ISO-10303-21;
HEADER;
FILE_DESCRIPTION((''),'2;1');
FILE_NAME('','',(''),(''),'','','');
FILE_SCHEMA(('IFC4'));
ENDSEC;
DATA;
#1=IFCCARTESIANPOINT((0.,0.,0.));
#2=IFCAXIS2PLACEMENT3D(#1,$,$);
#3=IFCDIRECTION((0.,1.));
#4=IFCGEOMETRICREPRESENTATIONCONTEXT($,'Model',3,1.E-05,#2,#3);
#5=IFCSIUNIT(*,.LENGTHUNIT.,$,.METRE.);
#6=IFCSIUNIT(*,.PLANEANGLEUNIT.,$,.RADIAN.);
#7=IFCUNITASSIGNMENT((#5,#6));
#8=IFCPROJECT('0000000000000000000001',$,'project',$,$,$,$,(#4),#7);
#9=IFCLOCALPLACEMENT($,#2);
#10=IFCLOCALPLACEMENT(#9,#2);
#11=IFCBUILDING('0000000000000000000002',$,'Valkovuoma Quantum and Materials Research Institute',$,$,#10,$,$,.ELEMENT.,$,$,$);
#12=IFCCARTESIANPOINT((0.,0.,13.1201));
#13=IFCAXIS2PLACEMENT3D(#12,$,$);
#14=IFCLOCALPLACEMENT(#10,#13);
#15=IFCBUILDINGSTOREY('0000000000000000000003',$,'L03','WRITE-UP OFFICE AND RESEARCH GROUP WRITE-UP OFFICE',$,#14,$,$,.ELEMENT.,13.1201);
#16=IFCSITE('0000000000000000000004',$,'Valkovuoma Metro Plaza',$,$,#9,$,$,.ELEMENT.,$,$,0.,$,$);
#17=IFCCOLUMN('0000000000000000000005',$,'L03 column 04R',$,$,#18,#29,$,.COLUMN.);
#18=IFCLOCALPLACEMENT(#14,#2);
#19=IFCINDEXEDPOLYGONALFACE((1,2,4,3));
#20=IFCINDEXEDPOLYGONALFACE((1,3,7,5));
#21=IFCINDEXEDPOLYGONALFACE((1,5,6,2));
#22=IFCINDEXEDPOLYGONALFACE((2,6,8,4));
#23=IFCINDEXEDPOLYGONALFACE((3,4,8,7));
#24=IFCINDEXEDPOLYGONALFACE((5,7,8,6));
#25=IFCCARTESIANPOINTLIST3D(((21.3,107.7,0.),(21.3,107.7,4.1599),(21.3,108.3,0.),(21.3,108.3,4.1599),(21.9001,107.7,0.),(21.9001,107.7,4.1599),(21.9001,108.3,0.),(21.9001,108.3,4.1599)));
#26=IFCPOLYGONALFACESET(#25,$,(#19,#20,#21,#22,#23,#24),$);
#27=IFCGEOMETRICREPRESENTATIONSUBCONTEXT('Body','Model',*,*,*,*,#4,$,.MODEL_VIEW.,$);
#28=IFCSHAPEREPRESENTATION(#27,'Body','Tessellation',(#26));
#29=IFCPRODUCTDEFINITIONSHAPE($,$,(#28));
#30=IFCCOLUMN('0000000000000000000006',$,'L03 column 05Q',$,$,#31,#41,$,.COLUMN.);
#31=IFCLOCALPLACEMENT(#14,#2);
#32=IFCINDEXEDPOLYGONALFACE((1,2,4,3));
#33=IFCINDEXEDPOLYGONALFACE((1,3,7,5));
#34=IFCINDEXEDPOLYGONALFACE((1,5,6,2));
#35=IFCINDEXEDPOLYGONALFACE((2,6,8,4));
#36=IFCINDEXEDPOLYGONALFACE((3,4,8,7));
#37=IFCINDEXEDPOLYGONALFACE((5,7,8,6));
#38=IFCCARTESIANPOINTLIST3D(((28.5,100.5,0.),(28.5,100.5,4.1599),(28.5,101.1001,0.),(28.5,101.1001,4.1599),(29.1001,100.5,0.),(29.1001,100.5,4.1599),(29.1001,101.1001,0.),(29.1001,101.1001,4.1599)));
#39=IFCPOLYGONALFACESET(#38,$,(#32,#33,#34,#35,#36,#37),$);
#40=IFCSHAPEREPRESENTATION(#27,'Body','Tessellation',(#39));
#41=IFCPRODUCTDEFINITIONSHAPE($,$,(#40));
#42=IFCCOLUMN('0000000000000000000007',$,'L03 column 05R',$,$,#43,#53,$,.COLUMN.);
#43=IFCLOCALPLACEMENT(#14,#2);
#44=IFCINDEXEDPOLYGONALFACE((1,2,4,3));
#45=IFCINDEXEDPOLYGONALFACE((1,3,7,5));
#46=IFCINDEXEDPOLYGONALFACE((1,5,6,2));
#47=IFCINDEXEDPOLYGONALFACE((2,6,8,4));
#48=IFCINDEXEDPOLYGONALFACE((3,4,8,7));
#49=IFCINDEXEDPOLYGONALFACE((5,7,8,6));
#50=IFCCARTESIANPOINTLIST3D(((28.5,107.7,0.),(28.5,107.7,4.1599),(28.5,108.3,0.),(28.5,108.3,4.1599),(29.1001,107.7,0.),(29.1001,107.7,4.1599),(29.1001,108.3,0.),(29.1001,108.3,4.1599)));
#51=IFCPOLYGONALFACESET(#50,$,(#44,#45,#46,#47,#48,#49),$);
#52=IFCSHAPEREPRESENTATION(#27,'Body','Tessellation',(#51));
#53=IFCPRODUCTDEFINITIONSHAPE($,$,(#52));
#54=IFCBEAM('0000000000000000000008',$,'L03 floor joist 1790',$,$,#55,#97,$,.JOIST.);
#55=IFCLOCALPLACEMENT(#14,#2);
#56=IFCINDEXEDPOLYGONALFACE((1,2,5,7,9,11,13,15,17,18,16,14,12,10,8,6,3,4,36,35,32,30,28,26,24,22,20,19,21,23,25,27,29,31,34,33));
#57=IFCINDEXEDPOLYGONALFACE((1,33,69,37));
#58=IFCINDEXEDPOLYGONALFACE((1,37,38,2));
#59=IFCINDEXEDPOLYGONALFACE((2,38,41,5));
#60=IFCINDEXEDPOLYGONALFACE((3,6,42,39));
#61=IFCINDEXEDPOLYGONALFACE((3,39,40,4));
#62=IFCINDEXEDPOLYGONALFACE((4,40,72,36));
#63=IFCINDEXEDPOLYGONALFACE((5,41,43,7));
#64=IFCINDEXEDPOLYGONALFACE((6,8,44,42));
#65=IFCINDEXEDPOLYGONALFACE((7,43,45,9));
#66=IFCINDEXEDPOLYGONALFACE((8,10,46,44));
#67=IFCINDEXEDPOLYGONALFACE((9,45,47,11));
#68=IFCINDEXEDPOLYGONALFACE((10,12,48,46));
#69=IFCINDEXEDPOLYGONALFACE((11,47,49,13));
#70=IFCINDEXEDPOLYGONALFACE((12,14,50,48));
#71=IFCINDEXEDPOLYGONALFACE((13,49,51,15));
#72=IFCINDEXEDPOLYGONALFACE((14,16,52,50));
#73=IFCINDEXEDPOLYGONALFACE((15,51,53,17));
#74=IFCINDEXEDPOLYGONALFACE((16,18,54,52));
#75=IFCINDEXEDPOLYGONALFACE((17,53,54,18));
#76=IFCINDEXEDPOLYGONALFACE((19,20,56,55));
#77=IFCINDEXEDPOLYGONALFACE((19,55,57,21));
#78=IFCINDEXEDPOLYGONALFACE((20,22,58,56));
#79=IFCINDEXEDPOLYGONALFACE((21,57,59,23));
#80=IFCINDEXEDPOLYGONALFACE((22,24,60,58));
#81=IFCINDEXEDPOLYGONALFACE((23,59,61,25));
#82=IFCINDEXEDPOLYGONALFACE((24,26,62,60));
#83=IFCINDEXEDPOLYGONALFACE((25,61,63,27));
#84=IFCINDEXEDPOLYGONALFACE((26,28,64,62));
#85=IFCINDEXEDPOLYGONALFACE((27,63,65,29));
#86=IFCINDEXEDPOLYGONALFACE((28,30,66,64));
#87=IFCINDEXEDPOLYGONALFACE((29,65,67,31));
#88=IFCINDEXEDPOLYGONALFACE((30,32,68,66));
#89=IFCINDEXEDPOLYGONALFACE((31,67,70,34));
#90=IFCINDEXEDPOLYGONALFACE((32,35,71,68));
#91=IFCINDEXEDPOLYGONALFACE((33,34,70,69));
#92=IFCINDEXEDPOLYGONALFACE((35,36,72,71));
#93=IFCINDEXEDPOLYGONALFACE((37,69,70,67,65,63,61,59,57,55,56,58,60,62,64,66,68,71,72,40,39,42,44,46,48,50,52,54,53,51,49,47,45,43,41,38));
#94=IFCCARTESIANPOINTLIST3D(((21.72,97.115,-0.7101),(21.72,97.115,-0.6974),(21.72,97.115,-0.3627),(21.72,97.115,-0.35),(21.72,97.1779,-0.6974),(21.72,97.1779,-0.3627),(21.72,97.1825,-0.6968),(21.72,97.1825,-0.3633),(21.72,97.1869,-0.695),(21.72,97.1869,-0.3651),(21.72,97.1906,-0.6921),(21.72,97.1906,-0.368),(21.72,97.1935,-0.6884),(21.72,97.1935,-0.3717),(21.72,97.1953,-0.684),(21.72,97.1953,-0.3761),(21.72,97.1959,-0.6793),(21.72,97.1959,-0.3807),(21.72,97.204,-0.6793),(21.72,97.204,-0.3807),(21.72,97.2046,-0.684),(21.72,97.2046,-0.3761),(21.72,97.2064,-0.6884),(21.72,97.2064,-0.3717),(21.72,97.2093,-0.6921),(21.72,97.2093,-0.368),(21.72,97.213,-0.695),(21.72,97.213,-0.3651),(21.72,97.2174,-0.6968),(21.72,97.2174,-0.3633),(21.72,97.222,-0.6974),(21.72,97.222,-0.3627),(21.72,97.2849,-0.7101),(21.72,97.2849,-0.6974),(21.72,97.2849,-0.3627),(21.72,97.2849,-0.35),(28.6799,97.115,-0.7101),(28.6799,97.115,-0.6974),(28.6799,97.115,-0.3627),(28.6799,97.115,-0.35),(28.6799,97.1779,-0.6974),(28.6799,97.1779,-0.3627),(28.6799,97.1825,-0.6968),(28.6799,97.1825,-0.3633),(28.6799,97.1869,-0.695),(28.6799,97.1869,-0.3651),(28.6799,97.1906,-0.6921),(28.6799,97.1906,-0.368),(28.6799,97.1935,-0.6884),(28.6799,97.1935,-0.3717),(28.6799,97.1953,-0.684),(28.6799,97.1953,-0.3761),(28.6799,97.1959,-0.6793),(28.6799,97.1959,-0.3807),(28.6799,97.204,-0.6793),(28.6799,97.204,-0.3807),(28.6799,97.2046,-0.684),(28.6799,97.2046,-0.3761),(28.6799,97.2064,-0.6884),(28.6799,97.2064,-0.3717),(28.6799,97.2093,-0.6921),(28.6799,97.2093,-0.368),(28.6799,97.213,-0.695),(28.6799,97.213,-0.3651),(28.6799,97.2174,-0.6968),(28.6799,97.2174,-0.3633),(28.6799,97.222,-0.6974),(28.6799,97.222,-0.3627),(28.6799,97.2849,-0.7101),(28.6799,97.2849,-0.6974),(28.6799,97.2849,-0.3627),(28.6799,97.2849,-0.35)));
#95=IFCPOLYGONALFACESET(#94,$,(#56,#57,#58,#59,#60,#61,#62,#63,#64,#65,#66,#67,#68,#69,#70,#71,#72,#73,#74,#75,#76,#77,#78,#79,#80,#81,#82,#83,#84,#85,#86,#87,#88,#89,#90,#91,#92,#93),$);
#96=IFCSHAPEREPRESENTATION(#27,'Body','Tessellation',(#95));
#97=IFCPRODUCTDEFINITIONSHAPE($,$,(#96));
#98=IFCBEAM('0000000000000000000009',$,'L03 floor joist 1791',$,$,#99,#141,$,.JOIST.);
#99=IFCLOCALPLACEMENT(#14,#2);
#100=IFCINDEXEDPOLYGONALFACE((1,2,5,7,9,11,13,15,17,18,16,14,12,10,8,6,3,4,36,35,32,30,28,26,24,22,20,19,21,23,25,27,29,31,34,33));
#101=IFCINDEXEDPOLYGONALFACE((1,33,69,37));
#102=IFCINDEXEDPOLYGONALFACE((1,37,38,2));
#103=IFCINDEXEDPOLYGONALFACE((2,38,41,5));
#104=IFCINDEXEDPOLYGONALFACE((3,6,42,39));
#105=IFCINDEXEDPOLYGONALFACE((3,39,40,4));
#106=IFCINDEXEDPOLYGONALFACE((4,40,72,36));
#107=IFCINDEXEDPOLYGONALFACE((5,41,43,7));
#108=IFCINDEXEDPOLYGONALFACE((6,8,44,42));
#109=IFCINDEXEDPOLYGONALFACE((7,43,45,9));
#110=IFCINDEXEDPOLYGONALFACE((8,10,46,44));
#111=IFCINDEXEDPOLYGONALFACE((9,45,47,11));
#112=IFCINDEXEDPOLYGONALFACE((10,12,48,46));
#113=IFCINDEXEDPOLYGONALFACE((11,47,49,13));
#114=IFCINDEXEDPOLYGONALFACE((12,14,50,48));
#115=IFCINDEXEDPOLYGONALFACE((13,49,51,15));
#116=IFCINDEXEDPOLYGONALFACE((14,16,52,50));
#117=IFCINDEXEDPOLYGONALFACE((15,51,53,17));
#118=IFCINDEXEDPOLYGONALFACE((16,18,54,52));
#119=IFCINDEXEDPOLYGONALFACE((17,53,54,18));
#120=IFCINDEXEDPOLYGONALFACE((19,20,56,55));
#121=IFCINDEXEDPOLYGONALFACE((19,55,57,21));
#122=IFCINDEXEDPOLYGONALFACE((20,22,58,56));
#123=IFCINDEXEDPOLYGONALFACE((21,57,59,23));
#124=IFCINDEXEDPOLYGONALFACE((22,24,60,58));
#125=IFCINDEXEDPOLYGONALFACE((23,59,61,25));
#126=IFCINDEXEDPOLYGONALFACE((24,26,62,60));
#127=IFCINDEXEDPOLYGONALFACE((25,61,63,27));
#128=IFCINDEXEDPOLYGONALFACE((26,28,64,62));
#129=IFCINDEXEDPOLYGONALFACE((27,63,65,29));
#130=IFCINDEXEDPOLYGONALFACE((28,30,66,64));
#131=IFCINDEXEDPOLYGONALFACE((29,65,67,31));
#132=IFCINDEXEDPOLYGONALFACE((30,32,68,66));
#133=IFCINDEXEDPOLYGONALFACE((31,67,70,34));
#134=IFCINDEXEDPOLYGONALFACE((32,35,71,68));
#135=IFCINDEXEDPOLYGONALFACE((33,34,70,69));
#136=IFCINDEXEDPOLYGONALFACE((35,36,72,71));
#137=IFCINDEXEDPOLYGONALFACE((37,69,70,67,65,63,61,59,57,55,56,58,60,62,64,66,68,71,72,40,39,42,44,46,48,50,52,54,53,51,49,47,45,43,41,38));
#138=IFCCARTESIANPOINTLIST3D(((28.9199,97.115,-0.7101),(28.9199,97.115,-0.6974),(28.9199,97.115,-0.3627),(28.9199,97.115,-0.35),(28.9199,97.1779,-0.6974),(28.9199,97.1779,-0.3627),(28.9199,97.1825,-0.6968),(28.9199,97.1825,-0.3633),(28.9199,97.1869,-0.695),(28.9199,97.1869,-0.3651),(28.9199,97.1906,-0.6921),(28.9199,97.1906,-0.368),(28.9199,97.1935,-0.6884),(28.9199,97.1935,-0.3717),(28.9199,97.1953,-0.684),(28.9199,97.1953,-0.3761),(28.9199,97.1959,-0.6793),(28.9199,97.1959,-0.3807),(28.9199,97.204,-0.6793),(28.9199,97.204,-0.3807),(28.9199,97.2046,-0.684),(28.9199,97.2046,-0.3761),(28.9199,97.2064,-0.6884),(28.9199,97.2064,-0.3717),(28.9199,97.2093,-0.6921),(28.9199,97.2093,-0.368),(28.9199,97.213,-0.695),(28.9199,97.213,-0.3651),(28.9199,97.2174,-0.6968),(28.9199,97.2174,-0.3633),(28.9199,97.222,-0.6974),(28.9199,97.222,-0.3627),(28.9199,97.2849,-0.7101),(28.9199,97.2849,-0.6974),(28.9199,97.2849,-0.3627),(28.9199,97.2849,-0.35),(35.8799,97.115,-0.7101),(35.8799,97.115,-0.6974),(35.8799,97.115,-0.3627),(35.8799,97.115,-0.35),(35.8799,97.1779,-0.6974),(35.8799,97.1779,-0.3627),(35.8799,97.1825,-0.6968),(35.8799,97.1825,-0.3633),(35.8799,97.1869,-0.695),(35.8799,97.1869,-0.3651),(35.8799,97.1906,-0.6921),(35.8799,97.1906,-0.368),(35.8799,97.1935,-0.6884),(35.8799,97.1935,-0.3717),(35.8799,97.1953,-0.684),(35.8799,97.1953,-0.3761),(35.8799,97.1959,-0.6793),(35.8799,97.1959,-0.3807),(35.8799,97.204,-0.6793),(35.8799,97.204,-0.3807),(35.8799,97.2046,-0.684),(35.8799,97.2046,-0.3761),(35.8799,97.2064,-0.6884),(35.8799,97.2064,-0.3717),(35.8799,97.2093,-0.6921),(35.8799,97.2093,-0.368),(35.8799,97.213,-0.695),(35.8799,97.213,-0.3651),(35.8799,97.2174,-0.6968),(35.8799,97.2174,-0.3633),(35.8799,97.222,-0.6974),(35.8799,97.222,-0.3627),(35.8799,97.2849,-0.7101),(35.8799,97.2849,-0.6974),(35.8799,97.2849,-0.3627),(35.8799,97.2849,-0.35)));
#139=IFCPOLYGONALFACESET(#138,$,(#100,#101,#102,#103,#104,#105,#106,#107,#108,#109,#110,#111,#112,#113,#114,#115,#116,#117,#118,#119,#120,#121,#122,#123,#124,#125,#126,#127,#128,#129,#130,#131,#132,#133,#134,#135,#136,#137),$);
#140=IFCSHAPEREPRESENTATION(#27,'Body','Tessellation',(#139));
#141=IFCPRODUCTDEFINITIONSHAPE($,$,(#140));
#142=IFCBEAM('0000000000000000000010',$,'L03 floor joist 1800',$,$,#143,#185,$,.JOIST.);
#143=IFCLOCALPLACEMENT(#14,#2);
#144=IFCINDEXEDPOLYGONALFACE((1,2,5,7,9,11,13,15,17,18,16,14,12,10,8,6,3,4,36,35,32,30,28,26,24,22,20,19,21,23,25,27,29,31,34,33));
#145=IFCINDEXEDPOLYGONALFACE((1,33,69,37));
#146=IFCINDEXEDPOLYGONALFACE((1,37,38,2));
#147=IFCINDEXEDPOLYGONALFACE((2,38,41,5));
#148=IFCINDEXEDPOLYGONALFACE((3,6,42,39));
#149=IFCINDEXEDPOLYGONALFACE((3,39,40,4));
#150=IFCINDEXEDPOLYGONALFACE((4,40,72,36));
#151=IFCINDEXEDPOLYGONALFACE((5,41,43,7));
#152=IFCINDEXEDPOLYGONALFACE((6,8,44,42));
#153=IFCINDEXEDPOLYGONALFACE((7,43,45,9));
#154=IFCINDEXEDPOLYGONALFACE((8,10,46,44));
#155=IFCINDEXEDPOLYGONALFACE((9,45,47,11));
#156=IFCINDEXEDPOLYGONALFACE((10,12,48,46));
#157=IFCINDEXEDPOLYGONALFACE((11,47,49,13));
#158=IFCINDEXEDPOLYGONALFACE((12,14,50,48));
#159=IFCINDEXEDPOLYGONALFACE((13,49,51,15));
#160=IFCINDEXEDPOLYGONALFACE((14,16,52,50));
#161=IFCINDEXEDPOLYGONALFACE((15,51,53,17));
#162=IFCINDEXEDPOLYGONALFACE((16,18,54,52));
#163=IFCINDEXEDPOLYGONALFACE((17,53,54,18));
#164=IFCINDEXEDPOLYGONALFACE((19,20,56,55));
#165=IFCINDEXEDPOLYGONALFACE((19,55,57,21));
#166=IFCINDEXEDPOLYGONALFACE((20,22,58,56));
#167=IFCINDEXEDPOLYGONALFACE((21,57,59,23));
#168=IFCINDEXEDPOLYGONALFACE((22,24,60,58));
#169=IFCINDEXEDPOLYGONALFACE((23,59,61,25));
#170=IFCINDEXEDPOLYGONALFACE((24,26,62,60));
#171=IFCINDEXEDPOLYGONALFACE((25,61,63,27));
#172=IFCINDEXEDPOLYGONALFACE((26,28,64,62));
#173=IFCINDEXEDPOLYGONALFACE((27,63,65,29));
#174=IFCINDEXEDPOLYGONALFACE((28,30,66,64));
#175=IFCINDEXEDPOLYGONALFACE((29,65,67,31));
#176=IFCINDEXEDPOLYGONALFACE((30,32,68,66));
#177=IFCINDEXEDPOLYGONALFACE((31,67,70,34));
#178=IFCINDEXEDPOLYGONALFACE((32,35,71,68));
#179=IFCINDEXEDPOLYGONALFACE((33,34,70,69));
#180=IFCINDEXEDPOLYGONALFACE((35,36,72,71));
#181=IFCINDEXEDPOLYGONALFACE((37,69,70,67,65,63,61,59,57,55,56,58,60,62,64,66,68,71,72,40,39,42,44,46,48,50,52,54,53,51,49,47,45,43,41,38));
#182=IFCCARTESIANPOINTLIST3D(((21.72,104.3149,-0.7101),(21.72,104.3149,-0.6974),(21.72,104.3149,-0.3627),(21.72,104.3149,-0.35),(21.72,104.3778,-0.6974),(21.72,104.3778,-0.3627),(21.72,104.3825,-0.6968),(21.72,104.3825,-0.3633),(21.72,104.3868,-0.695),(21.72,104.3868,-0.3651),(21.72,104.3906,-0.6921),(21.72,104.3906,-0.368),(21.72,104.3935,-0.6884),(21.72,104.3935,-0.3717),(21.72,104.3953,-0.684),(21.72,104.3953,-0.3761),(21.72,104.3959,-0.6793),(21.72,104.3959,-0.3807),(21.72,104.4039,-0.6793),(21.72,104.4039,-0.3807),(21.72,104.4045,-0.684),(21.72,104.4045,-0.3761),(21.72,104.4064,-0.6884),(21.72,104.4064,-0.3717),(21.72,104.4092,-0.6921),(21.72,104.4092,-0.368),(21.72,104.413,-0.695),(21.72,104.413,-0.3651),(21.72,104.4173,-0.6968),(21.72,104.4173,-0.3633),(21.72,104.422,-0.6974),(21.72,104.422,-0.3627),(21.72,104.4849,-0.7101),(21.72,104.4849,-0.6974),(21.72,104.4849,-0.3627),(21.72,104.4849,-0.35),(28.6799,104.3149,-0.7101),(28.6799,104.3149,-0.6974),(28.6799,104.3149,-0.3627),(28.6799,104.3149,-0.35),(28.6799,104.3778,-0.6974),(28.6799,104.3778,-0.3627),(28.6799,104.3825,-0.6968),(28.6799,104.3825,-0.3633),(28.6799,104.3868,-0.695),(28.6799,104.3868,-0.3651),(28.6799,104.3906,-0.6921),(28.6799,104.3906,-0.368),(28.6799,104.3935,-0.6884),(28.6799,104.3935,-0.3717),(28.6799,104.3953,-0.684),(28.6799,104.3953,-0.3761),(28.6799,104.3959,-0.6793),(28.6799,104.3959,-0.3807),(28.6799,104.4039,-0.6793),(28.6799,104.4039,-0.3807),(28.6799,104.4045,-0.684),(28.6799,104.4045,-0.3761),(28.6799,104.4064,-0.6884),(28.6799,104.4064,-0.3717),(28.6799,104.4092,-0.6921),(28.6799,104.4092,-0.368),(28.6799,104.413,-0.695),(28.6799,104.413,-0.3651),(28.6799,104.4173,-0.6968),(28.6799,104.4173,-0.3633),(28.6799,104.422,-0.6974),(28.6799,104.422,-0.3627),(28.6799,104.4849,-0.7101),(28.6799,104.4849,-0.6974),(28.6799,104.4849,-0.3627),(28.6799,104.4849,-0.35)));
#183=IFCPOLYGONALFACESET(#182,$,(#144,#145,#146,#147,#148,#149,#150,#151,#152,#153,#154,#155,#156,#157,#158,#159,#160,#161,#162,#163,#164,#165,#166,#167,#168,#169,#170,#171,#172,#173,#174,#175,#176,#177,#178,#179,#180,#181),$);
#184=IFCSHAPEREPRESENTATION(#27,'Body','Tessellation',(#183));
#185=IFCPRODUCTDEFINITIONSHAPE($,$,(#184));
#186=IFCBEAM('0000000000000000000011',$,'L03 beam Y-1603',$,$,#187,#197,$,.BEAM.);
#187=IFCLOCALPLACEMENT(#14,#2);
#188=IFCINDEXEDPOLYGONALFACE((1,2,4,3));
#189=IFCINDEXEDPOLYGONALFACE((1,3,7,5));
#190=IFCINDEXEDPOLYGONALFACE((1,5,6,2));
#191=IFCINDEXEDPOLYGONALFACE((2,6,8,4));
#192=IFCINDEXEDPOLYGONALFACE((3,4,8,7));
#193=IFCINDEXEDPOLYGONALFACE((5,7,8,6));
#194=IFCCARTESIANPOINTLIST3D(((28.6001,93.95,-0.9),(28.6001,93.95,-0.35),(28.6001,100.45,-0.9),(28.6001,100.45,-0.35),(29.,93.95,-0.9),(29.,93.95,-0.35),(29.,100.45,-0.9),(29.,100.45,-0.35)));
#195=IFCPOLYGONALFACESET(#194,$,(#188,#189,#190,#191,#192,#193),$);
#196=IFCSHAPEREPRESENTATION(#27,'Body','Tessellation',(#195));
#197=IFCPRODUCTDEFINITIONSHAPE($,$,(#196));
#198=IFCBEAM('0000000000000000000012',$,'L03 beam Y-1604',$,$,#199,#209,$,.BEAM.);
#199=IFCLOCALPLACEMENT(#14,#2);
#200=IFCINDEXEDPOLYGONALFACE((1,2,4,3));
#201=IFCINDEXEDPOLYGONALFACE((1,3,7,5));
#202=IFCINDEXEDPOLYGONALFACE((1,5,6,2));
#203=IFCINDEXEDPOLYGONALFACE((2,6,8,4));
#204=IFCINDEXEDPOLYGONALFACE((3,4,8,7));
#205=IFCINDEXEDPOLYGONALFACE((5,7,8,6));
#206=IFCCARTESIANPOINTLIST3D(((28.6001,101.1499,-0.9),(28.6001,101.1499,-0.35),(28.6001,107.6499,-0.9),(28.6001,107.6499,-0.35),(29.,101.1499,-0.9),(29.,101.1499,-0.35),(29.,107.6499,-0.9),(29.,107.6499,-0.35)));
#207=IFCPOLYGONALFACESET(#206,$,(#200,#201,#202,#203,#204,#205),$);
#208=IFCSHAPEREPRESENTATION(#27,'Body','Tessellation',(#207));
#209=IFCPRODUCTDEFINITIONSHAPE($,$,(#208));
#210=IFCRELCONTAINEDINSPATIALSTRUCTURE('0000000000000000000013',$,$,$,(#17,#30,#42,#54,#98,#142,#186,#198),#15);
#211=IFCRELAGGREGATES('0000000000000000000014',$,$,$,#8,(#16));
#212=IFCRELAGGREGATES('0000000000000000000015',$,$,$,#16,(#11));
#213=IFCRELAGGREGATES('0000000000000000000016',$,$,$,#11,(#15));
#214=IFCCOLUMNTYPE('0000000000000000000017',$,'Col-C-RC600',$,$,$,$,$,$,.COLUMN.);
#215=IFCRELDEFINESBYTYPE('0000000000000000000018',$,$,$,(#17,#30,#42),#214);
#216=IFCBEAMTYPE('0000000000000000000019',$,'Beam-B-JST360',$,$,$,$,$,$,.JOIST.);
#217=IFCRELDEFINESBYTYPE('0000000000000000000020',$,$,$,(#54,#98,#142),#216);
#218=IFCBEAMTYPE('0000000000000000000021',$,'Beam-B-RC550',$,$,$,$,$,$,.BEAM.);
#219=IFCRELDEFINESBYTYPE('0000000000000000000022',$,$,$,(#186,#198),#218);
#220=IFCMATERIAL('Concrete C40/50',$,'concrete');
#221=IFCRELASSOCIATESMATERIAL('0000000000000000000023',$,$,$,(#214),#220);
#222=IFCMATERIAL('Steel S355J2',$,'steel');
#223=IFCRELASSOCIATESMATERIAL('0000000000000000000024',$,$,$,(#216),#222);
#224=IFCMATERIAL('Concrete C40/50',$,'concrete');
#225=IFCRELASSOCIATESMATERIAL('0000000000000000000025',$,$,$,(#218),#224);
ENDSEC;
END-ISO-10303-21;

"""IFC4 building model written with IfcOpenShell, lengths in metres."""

from ifc_helpers import new_model, si_unit, direction, frame, origin, origin_2d, place, context, subcontext, project, spatial, rectangle, i_section, extrude, material, material_profile, profile_set, type_object, element, save


model = new_model("IFC4")

# Units and contexts
model_context = context("Model", 3, precision=1e-05, world=origin(), true_north=direction((0.0, 1.0)))
body_context = subcontext(model_context, "Body", "Model", "MODEL_VIEW")
ifc_project = project(units=[si_unit("LENGTHUNIT", "METRE"), si_unit("PLANEANGLEUNIT", "RADIAN")], contexts=[model_context])

# Site, building, storey
site_placement = place(None, origin())
site = spatial("IfcSite", under=ifc_project, at=site_placement, Name="Valkovuoma Metro Plaza", CompositionType="ELEMENT", RefElevation=0.0)
building_placement = place(site_placement, origin())
building = spatial("IfcBuilding", under=site, at=building_placement, Name="Valkovuoma Quantum and Materials Research Institute", CompositionType="ELEMENT")
storey_placement = place(building_placement, frame((0.0, 0.0, 13.1201)))
storey = spatial("IfcBuildingStorey", under=building, at=storey_placement, Name="L03", Description="WRITE-UP OFFICE AND RESEARCH GROUP WRITE-UP OFFICE", CompositionType="ELEMENT", Elevation=13.1201)

# Columns
ifc_material_1 = material(Name="Concrete C40/50", Category="concrete")
ifc_material_profile_1 = material_profile(ifc_material_1, rectangle(XDim=0.6001, YDim=0.6001, at=origin_2d()), Name="Concrete C40/50")
ifc_profile_set_1 = profile_set([ifc_material_profile_1], Name="Concrete C40/50")
column_type = type_object("IfcColumnType", Name="Col-C-RC600", PredefinedType="COLUMN", material=ifc_profile_set_1)
for number, where, z_axis, x_axis, name in (
    (1, (21.6001, 108.0, 0.0), (0.0, 0.0, 1.0), (1.0, 0.0, 0.0), "L03 column 04R"),
    (2, (28.8, 100.8, 0.0), (0.0, 0.0, 1.0), (1.0, 0.0, 0.0), "L03 column 05Q"),
    (3, (28.8, 108.0, 0.0), (0.0, 0.0, 1.0), (1.0, 0.0, 0.0), "L03 column 05R"),
):
    element("IfcColumn", number, at=place(storey_placement, frame(where, z_axis=z_axis, x_axis=x_axis)), inside=storey, type_object=column_type, Name=name, PredefinedType="COLUMN", context=body_context, shape_type="SweptSolid", body=[
        extrude(rectangle(XDim=0.6001, YDim=0.6001, at=origin_2d()), origin(), (0.0, 0.0, 1.0), 4.1599),
    ])

# Beams
ifc_material_2 = material(Name="Steel S355J2", Category="steel")
ifc_material_profile_2 = material_profile(ifc_material_2, i_section(OverallWidth=0.1699, OverallDepth=0.3601, WebThickness=0.0081, FlangeThickness=0.0127, FilletRadius=0.0181, at=origin_2d()), Name="Steel S355J2")
ifc_profile_set_2 = profile_set([ifc_material_profile_2], Name="Steel S355J2")
beam_type_1 = type_object("IfcBeamType", Name="Beam-B-JST360", PredefinedType="JOIST", material=ifc_profile_set_2)
for number, where, z_axis, x_axis, name in (
    (4, (21.72, 97.2, -0.53), (1.0, 0.0, 0.0), (0.0, 1.0, 0.0), "L03 floor joist 1790"),
    (5, (28.9199, 97.2, -0.53), (1.0, 0.0, 0.0), (0.0, 1.0, 0.0), "L03 floor joist 1791"),
    (6, (21.72, 104.3999, -0.53), (1.0, 0.0, 0.0), (0.0, 1.0, 0.0), "L03 floor joist 1800"),
):
    element("IfcBeam", number, at=place(storey_placement, frame(where, z_axis=z_axis, x_axis=x_axis)), inside=storey, type_object=beam_type_1, Name=name, PredefinedType="JOIST", context=body_context, shape_type="SweptSolid", body=[
        extrude(i_section(OverallWidth=0.1699, OverallDepth=0.3601, WebThickness=0.0081, FlangeThickness=0.0127, FilletRadius=0.0181, at=origin_2d()), origin(), (0.0, 0.0, 1.0), 6.96),
    ])
ifc_material_3 = material(Name="Concrete C40/50", Category="concrete")
ifc_material_profile_3 = material_profile(ifc_material_3, rectangle(XDim=0.3999, YDim=0.55, at=origin_2d()), Name="Concrete C40/50")
ifc_profile_set_3 = profile_set([ifc_material_profile_3], Name="Concrete C40/50")
beam_type_2 = type_object("IfcBeamType", Name="Beam-B-RC550", PredefinedType="BEAM", material=ifc_profile_set_3)
for number, where, z_axis, x_axis, name in (
    (7, (28.8, 93.95, -0.625), (0.0, 1.0, 0.0), (-1.0, 0.0, 0.0), "L03 beam Y-1603"),
    (8, (28.8, 101.1499, -0.625), (0.0, 1.0, 0.0), (-1.0, 0.0, 0.0), "L03 beam Y-1604"),
):
    element("IfcBeam", number, at=place(storey_placement, frame(where, z_axis=z_axis, x_axis=x_axis)), inside=storey, type_object=beam_type_2, Name=name, PredefinedType="BEAM", context=body_context, shape_type="SweptSolid", body=[
        extrude(rectangle(XDim=0.3999, YDim=0.55, at=origin_2d()), origin(), (0.0, 0.0, 1.0), 6.5),
    ])

save(model, "model.ifc")
